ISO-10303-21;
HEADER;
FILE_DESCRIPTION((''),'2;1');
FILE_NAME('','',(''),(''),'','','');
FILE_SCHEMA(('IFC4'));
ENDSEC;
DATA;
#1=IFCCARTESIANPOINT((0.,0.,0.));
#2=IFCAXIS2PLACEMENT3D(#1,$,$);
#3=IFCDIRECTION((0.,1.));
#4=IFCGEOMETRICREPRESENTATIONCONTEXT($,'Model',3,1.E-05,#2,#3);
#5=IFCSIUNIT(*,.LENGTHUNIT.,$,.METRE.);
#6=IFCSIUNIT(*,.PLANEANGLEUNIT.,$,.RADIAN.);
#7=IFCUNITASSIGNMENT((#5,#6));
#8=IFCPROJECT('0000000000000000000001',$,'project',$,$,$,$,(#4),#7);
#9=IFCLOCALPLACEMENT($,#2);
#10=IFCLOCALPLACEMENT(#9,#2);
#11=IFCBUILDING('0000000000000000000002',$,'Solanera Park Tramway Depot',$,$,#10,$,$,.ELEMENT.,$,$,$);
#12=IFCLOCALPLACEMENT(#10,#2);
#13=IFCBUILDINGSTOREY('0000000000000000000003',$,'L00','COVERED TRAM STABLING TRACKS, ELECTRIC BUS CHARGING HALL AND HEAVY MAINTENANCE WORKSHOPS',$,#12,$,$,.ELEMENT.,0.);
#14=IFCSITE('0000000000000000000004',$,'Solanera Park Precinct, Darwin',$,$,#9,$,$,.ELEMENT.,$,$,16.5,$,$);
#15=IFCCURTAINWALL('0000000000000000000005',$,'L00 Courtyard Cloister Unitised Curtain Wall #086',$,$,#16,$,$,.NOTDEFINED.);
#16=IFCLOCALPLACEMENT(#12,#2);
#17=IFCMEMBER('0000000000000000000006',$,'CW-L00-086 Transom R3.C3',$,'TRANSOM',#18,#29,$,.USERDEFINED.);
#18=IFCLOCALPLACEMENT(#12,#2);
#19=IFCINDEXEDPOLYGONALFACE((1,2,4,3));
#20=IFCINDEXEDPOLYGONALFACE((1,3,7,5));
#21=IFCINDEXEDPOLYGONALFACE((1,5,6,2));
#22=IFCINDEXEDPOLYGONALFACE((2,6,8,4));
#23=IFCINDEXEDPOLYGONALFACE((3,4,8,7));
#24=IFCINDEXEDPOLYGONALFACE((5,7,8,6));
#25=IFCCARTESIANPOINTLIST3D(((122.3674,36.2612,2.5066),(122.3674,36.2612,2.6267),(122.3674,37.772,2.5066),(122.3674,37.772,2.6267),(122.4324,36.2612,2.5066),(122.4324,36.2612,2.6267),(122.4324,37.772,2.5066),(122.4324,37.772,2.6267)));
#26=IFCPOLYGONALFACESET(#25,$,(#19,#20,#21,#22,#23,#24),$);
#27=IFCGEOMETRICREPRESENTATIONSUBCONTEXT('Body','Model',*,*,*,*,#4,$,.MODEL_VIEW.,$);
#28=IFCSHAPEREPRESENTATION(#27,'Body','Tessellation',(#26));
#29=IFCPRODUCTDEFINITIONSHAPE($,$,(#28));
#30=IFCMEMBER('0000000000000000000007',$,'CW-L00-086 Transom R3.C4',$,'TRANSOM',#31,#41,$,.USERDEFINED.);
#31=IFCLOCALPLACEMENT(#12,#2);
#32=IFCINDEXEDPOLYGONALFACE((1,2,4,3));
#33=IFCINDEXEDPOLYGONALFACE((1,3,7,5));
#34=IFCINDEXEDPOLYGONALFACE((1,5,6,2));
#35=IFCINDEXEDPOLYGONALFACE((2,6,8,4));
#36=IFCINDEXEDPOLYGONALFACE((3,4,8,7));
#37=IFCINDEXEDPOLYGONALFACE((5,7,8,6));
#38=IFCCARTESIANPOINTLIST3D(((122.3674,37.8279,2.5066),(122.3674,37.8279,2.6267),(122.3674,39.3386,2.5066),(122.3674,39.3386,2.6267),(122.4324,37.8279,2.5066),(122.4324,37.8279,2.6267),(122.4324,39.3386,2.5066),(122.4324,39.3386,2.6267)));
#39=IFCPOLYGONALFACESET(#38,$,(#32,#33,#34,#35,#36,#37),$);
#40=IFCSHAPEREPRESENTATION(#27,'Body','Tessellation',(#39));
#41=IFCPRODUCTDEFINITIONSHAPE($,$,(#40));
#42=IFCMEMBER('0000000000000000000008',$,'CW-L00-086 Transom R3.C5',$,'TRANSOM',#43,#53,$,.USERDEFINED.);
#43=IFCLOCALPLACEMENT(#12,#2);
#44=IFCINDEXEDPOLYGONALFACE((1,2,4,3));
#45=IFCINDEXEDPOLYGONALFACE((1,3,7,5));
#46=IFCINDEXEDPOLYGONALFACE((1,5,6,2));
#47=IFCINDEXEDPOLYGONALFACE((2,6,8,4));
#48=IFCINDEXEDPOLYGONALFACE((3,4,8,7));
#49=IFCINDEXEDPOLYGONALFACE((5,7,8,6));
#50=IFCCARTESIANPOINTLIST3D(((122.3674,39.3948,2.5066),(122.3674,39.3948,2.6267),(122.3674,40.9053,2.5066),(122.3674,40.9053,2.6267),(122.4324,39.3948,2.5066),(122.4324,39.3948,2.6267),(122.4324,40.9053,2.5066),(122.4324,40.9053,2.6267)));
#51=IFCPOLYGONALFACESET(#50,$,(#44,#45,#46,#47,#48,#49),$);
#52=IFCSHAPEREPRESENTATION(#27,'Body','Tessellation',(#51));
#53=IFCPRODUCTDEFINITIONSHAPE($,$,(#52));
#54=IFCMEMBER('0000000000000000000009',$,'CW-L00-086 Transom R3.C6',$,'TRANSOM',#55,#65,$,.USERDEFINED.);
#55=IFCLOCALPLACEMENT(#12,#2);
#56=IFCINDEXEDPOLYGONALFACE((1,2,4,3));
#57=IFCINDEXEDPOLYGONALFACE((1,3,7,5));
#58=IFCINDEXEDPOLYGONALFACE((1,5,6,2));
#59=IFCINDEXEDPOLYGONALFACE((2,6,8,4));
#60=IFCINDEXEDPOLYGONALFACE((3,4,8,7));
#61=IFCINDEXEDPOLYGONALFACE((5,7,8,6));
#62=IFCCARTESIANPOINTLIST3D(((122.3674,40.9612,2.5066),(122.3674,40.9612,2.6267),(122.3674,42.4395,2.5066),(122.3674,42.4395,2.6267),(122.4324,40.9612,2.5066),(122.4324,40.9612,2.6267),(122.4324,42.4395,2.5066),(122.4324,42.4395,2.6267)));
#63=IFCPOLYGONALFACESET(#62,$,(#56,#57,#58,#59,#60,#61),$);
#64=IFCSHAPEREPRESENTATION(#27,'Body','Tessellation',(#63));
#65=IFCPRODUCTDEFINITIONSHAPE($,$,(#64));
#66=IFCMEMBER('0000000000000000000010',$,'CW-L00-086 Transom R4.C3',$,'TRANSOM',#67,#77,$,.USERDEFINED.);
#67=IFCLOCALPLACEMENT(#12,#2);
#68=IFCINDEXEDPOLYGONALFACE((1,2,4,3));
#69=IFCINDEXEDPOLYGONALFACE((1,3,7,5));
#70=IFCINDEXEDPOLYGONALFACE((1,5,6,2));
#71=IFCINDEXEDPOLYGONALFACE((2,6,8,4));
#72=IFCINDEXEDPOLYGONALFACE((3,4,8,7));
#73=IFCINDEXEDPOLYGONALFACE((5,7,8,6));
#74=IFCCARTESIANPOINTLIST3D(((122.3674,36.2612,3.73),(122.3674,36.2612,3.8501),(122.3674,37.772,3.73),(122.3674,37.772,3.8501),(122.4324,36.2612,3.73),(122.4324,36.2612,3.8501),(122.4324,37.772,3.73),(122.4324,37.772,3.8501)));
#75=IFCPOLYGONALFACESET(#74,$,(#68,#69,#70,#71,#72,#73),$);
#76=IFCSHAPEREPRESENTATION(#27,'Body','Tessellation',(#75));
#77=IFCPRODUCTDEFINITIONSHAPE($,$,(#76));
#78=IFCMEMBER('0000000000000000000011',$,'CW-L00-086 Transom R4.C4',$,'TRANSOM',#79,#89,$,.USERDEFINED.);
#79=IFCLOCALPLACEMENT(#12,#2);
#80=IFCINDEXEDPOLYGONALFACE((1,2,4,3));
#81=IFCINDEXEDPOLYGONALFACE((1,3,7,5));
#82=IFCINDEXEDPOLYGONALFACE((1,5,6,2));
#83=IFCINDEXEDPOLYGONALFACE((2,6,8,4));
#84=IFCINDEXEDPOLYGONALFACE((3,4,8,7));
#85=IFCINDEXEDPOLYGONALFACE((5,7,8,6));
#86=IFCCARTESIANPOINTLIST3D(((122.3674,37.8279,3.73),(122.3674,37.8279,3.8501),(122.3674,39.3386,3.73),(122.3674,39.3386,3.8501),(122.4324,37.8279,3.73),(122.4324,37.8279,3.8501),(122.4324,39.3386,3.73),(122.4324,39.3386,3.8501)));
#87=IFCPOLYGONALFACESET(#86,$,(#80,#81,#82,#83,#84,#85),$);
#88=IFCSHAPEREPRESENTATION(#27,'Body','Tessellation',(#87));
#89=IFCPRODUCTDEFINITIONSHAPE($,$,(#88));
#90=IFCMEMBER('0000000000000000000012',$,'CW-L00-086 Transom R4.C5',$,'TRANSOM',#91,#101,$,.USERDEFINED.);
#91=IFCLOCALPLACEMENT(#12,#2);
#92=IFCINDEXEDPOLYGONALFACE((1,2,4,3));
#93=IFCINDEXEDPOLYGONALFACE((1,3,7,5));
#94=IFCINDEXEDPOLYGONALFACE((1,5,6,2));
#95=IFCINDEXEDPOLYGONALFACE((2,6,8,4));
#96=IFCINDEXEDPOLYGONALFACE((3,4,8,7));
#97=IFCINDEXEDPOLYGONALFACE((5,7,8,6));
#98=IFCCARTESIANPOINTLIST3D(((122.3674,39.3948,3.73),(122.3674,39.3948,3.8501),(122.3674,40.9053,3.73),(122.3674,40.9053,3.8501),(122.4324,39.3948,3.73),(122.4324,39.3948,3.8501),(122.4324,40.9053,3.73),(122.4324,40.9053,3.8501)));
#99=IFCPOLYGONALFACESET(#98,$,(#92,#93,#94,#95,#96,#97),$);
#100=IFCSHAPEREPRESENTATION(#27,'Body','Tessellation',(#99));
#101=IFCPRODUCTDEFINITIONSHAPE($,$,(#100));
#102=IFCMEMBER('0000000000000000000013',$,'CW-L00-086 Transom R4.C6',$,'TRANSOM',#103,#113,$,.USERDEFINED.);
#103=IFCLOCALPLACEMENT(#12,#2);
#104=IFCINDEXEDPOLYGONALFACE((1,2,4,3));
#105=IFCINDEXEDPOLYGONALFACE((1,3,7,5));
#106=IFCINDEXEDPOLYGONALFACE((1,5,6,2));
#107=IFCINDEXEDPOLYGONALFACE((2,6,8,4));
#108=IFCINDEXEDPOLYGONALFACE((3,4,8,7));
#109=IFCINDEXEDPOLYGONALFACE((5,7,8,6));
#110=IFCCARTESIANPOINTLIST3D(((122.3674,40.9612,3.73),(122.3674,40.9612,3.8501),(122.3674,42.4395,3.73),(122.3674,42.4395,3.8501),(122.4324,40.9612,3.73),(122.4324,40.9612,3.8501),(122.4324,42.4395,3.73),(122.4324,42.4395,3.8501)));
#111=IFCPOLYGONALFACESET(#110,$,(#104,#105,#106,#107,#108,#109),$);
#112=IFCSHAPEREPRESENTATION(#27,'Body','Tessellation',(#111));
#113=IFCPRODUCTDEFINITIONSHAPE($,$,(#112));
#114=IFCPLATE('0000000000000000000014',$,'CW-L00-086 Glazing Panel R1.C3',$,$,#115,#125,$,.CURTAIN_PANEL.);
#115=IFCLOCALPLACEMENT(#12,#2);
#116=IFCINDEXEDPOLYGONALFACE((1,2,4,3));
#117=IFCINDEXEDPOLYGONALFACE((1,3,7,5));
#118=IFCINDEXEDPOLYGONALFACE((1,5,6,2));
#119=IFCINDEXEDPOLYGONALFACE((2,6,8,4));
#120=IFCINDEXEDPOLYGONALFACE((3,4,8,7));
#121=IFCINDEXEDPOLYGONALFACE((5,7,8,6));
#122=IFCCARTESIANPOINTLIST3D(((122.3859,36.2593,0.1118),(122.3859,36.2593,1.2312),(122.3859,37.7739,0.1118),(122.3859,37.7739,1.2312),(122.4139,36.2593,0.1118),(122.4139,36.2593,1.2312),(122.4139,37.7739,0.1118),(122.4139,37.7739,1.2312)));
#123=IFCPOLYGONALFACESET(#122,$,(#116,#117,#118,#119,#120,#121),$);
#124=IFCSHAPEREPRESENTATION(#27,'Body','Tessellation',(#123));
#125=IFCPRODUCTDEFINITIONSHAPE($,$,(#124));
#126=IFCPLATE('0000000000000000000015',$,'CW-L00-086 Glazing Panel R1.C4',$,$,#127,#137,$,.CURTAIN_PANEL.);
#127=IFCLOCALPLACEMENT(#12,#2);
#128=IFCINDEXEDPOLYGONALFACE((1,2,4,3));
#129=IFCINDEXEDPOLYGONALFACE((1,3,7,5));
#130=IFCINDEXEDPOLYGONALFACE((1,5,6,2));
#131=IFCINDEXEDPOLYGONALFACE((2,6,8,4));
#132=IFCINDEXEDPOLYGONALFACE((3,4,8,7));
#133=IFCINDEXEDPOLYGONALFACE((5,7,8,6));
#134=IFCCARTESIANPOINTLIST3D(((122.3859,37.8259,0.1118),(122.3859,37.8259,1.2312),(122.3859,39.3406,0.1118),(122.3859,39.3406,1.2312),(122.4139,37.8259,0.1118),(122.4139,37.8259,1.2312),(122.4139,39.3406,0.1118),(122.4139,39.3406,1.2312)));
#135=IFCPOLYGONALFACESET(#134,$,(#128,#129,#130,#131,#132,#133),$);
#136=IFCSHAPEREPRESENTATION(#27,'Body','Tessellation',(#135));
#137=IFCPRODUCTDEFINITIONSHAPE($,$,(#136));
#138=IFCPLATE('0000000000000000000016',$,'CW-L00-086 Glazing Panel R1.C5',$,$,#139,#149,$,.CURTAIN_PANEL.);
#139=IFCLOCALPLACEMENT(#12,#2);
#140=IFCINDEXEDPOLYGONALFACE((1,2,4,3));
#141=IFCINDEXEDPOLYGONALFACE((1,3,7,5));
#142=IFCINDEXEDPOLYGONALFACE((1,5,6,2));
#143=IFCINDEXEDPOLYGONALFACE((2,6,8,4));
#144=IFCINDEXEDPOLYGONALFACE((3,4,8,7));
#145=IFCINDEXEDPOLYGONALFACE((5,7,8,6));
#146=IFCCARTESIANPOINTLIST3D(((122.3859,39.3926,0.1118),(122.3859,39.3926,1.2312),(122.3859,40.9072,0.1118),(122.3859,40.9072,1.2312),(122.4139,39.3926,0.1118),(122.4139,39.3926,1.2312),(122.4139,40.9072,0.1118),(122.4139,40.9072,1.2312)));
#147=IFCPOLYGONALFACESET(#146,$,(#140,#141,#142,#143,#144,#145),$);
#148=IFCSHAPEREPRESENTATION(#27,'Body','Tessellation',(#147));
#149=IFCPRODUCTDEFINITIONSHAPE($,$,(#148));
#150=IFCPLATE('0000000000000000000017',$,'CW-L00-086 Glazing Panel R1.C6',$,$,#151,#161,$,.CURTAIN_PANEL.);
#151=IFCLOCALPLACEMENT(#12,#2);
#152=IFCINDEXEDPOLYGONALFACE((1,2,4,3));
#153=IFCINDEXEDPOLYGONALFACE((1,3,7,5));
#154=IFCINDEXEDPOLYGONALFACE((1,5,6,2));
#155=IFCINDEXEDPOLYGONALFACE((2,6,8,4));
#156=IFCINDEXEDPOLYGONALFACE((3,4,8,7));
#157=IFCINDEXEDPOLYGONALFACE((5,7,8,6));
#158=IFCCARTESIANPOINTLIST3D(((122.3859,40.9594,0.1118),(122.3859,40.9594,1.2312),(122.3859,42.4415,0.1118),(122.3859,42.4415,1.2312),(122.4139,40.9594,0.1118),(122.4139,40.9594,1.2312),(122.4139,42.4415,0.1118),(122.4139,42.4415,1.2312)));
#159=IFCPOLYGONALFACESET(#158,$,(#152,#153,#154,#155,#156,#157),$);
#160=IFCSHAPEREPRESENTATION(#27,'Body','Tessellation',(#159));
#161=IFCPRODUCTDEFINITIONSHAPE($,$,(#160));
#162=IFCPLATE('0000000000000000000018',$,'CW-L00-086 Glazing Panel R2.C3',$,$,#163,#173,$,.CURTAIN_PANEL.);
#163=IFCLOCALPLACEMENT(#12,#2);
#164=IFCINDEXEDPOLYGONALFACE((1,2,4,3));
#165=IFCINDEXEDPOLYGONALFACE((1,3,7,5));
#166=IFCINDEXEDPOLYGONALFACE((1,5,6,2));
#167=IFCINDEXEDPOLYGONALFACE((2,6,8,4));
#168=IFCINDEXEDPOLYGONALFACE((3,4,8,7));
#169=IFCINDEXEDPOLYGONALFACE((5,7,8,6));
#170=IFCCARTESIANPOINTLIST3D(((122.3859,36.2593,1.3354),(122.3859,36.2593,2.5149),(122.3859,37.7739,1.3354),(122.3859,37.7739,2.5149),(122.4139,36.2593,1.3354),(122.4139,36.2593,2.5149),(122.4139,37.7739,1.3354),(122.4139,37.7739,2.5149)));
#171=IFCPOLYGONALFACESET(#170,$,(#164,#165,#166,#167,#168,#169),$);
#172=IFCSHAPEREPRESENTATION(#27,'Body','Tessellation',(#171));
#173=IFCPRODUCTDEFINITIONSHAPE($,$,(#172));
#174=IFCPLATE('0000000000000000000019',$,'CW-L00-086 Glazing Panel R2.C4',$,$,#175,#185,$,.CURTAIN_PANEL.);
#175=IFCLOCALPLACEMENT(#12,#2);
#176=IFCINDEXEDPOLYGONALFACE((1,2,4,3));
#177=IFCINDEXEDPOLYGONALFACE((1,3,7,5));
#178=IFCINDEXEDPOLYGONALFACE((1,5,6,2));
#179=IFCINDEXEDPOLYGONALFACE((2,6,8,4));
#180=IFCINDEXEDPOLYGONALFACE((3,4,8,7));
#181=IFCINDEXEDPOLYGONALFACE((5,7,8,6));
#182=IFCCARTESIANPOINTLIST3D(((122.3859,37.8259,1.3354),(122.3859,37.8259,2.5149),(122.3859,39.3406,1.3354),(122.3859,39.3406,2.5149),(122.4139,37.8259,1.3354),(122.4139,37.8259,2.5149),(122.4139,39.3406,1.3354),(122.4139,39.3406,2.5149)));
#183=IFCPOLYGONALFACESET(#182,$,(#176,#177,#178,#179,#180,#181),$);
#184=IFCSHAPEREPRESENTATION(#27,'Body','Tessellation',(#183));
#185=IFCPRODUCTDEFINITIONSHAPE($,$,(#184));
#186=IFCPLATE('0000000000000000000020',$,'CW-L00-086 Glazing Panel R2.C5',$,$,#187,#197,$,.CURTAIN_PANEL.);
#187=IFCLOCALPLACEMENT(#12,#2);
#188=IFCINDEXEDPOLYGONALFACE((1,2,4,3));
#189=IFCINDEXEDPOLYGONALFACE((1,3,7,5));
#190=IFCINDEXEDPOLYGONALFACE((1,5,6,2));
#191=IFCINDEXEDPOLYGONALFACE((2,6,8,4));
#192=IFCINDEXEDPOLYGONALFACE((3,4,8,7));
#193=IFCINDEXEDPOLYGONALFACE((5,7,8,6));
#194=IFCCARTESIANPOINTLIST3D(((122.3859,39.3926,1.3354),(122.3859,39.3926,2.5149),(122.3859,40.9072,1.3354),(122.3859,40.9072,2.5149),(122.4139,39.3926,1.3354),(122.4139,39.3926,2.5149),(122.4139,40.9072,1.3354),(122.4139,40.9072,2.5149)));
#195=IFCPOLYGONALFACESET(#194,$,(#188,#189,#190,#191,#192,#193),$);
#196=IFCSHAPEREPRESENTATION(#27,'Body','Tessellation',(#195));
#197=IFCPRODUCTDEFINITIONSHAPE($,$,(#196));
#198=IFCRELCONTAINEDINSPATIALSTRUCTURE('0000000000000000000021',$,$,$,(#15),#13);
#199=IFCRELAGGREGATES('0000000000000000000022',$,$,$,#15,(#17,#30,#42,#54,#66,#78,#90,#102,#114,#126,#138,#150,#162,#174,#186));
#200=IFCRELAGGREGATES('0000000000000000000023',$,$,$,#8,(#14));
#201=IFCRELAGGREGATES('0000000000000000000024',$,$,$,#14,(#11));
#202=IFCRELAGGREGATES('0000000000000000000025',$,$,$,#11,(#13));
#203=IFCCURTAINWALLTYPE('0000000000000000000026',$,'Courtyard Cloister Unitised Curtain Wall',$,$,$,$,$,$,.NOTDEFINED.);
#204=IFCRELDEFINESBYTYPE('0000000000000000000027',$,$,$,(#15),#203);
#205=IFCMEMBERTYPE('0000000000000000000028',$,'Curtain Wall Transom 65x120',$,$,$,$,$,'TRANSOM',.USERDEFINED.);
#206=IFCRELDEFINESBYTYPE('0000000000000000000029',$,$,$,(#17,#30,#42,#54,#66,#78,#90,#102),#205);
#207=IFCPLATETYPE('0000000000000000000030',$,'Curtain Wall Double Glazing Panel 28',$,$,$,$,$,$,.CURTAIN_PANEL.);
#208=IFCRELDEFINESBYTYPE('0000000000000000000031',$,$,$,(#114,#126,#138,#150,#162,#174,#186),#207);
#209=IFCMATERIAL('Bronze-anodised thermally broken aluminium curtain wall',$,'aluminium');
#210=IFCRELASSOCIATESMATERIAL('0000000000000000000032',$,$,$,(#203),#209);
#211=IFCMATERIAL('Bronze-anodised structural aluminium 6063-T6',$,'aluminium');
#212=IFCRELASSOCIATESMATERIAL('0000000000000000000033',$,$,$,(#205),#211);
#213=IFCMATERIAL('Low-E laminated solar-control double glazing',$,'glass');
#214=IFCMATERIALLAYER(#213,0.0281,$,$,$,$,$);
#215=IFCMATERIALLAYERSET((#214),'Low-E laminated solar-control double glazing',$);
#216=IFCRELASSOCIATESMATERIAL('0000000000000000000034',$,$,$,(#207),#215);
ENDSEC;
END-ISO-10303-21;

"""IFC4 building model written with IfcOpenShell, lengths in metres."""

from ifc_helpers import new_model, si_unit, direction, frame, origin, origin_2d, place, context, subcontext, project, spatial, rectangle, extrude, material, layer, layer_set, material_profile, profile_set, type_object, element, aggregate, save


model = new_model("IFC4")

# Units and contexts
model_context = context("Model", 3, precision=1e-05, world=origin(), true_north=direction((0.0, 1.0)))
body_context = subcontext(model_context, "Body", "Model", "MODEL_VIEW")
ifc_project = project(units=[si_unit("LENGTHUNIT", "METRE"), si_unit("PLANEANGLEUNIT", "RADIAN")], contexts=[model_context])

# Site, building, storey
site_placement = place(None, origin())
site = spatial("IfcSite", under=ifc_project, at=site_placement, Name="Solanera Park Precinct, Darwin", CompositionType="ELEMENT", RefElevation=16.5)
building_placement = place(site_placement, origin())
building = spatial("IfcBuilding", under=site, at=building_placement, Name="Solanera Park Tramway Depot", CompositionType="ELEMENT")
storey_placement = place(building_placement, origin())
storey = spatial("IfcBuildingStorey", under=building, at=storey_placement, Name="L00", Description="COVERED TRAM STABLING TRACKS, ELECTRIC BUS CHARGING HALL AND HEAVY MAINTENANCE WORKSHOPS", CompositionType="ELEMENT", Elevation=0.0)

# Curtain wall, members, plates
ifc_material_1 = material(Name="Bronze-anodised thermally broken aluminium curtain wall", Category="aluminium")
curtain_wall_type = type_object("IfcCurtainWallType", Name="Courtyard Cloister Unitised Curtain Wall", PredefinedType="NOTDEFINED", material=ifc_material_1)
curtain_wall_placement = place(storey_placement, origin())
curtain_wall = element("IfcCurtainWall", 1, at=curtain_wall_placement, inside=storey, type_object=curtain_wall_type, Name="L00 Courtyard Cloister Unitised Curtain Wall #086", PredefinedType="NOTDEFINED")
ifc_material_2 = material(Name="Bronze-anodised structural aluminium 6063-T6", Category="aluminium")
ifc_material_profile_1 = material_profile(ifc_material_2, rectangle(XDim=0.0649, YDim=0.1201, at=origin_2d()), Name="Curtain Wall Transom 65x120")
ifc_profile_set_1 = profile_set([ifc_material_profile_1], Name="Bronze-anodised structural aluminium 6063-T6")
member_type_1 = type_object("IfcMemberType", Name="Curtain Wall Transom 65x120", ElementType="TRANSOM", PredefinedType="USERDEFINED", material=ifc_profile_set_1)
member_1_placement = place(storey_placement, frame((122.3999, 36.2612, 2.5667), z_axis=(0.0, 1.0, 0.0), x_axis=(-1.0, 0.0, 0.0)))
member_1 = element("IfcMember", 2, at=member_1_placement, type_object=member_type_1, Name="CW-L00-086 Transom R3.C3", ObjectType="TRANSOM", PredefinedType="USERDEFINED", context=body_context, shape_type="SweptSolid", body=[
    extrude(rectangle(XDim=0.0649, YDim=0.1201, at=origin_2d()), origin(), (0.0, 0.0, 1.0), 1.5107),
])
member_2_placement = place(storey_placement, frame((122.3999, 37.8279, 2.5667), z_axis=(0.0, 1.0, 0.0), x_axis=(-1.0, 0.0, 0.0)))
member_2 = element("IfcMember", 3, at=member_2_placement, type_object=member_type_1, Name="CW-L00-086 Transom R3.C4", ObjectType="TRANSOM", PredefinedType="USERDEFINED", context=body_context, shape_type="SweptSolid", body=[
    extrude(rectangle(XDim=0.0649, YDim=0.1201, at=origin_2d()), origin(), (0.0, 0.0, 1.0), 1.5107),
])
member_3_placement = place(storey_placement, frame((122.3999, 39.3948, 2.5667), z_axis=(0.0, 1.0, 0.0), x_axis=(-1.0, 0.0, 0.0)))
member_3 = element("IfcMember", 4, at=member_3_placement, type_object=member_type_1, Name="CW-L00-086 Transom R3.C5", ObjectType="TRANSOM", PredefinedType="USERDEFINED", context=body_context, shape_type="SweptSolid", body=[
    extrude(rectangle(XDim=0.0649, YDim=0.1201, at=origin_2d()), origin(), (0.0, 0.0, 1.0), 1.5105),
])
member_4_placement = place(storey_placement, frame((122.3999, 40.9612, 2.5667), z_axis=(0.0, 1.0, 0.0), x_axis=(-1.0, 0.0, 0.0)))
member_4 = element("IfcMember", 5, at=member_4_placement, type_object=member_type_1, Name="CW-L00-086 Transom R3.C6", ObjectType="TRANSOM", PredefinedType="USERDEFINED", context=body_context, shape_type="SweptSolid", body=[
    extrude(rectangle(XDim=0.0649, YDim=0.1201, at=origin_2d()), origin(), (0.0, 0.0, 1.0), 1.4783),
])
member_5_placement = place(storey_placement, frame((122.3999, 36.2612, 3.79), z_axis=(0.0, 1.0, 0.0), x_axis=(-1.0, 0.0, 0.0)))
member_5 = element("IfcMember", 6, at=member_5_placement, type_object=member_type_1, Name="CW-L00-086 Transom R4.C3", ObjectType="TRANSOM", PredefinedType="USERDEFINED", context=body_context, shape_type="SweptSolid", body=[
    extrude(rectangle(XDim=0.0649, YDim=0.1201, at=origin_2d()), origin(), (0.0, 0.0, 1.0), 1.5107),
])
member_6_placement = place(storey_placement, frame((122.3999, 37.8279, 3.79), z_axis=(0.0, 1.0, 0.0), x_axis=(-1.0, 0.0, 0.0)))
member_6 = element("IfcMember", 7, at=member_6_placement, type_object=member_type_1, Name="CW-L00-086 Transom R4.C4", ObjectType="TRANSOM", PredefinedType="USERDEFINED", context=body_context, shape_type="SweptSolid", body=[
    extrude(rectangle(XDim=0.0649, YDim=0.1201, at=origin_2d()), origin(), (0.0, 0.0, 1.0), 1.5107),
])
member_7_placement = place(storey_placement, frame((122.3999, 39.3948, 3.79), z_axis=(0.0, 1.0, 0.0), x_axis=(-1.0, 0.0, 0.0)))
member_7 = element("IfcMember", 8, at=member_7_placement, type_object=member_type_1, Name="CW-L00-086 Transom R4.C5", ObjectType="TRANSOM", PredefinedType="USERDEFINED", context=body_context, shape_type="SweptSolid", body=[
    extrude(rectangle(XDim=0.0649, YDim=0.1201, at=origin_2d()), origin(), (0.0, 0.0, 1.0), 1.5105),
])
member_8_placement = place(storey_placement, frame((122.3999, 40.9612, 3.79), z_axis=(0.0, 1.0, 0.0), x_axis=(-1.0, 0.0, 0.0)))
member_8 = element("IfcMember", 9, at=member_8_placement, type_object=member_type_1, Name="CW-L00-086 Transom R4.C6", ObjectType="TRANSOM", PredefinedType="USERDEFINED", context=body_context, shape_type="SweptSolid", body=[
    extrude(rectangle(XDim=0.0649, YDim=0.1201, at=origin_2d()), origin(), (0.0, 0.0, 1.0), 1.4783),
])
ifc_material_3 = material(Name="Low-E laminated solar-control double glazing", Category="glass")
ifc_layer = layer(ifc_material_3, 0.0281)
ifc_layer_set = layer_set([ifc_layer], Name="Low-E laminated solar-control double glazing")
plate_type = type_object("IfcPlateType", Name="Curtain Wall Double Glazing Panel 28", PredefinedType="CURTAIN_PANEL", material=ifc_layer_set)
plate_1_placement = place(storey_placement, frame((122.3999, 37.0166, 0.1118), z_axis=(0.0, 0.0, 1.0), x_axis=(0.0, 1.0, 0.0)))
plate_1 = element("IfcPlate", 10, at=plate_1_placement, type_object=plate_type, Name="CW-L00-086 Glazing Panel R1.C3", PredefinedType="CURTAIN_PANEL", context=body_context, shape_type="SweptSolid", body=[
    extrude(rectangle(XDim=1.5146, YDim=0.0281, at=origin_2d()), origin(), (0.0, 0.0, 1.0), 1.1194),
])
plate_2_placement = place(storey_placement, frame((122.3999, 38.5833, 0.1118), z_axis=(0.0, 0.0, 1.0), x_axis=(0.0, 1.0, 0.0)))
plate_2 = element("IfcPlate", 11, at=plate_2_placement, type_object=plate_type, Name="CW-L00-086 Glazing Panel R1.C4", PredefinedType="CURTAIN_PANEL", context=body_context, shape_type="SweptSolid", body=[
    extrude(rectangle(XDim=1.5146, YDim=0.0281, at=origin_2d()), origin(), (0.0, 0.0, 1.0), 1.1194),
])
plate_3_placement = place(storey_placement, frame((122.3999, 40.1499, 0.1118), z_axis=(0.0, 0.0, 1.0), x_axis=(0.0, 1.0, 0.0)))
plate_3 = element("IfcPlate", 12, at=plate_3_placement, type_object=plate_type, Name="CW-L00-086 Glazing Panel R1.C5", PredefinedType="CURTAIN_PANEL", context=body_context, shape_type="SweptSolid", body=[
    extrude(rectangle(XDim=1.5146, YDim=0.0281, at=origin_2d()), origin(), (0.0, 0.0, 1.0), 1.1194),
])
plate_4_placement = place(storey_placement, frame((122.3999, 41.7004, 0.1118), z_axis=(0.0, 0.0, 1.0), x_axis=(0.0, 1.0, 0.0)))
plate_4 = element("IfcPlate", 13, at=plate_4_placement, type_object=plate_type, Name="CW-L00-086 Glazing Panel R1.C6", PredefinedType="CURTAIN_PANEL", context=body_context, shape_type="SweptSolid", body=[
    extrude(rectangle(XDim=1.4822, YDim=0.0281, at=origin_2d()), origin(), (0.0, 0.0, 1.0), 1.1194),
])
plate_5_placement = place(storey_placement, frame((122.3999, 37.0166, 1.3354), z_axis=(0.0, 0.0, 1.0), x_axis=(0.0, 1.0, 0.0)))
plate_5 = element("IfcPlate", 14, at=plate_5_placement, type_object=plate_type, Name="CW-L00-086 Glazing Panel R2.C3", PredefinedType="CURTAIN_PANEL", context=body_context, shape_type="SweptSolid", body=[
    extrude(rectangle(XDim=1.5146, YDim=0.0281, at=origin_2d()), origin(), (0.0, 0.0, 1.0), 1.1794),
])
plate_6_placement = place(storey_placement, frame((122.3999, 38.5833, 1.3354), z_axis=(0.0, 0.0, 1.0), x_axis=(0.0, 1.0, 0.0)))
plate_6 = element("IfcPlate", 15, at=plate_6_placement, type_object=plate_type, Name="CW-L00-086 Glazing Panel R2.C4", PredefinedType="CURTAIN_PANEL", context=body_context, shape_type="SweptSolid", body=[
    extrude(rectangle(XDim=1.5146, YDim=0.0281, at=origin_2d()), origin(), (0.0, 0.0, 1.0), 1.1794),
])
plate_7_placement = place(storey_placement, frame((122.3999, 40.1499, 1.3354), z_axis=(0.0, 0.0, 1.0), x_axis=(0.0, 1.0, 0.0)))
plate_7 = element("IfcPlate", 16, at=plate_7_placement, type_object=plate_type, Name="CW-L00-086 Glazing Panel R2.C5", PredefinedType="CURTAIN_PANEL", context=body_context, shape_type="SweptSolid", body=[
    extrude(rectangle(XDim=1.5146, YDim=0.0281, at=origin_2d()), origin(), (0.0, 0.0, 1.0), 1.1794),
])
aggregate(curtain_wall, [member_1, member_2, member_3, member_4, member_5, member_6, member_7, member_8, plate_1, plate_2, plate_3, plate_4, plate_5, plate_6, plate_7])

save(model, "model.ifc")
